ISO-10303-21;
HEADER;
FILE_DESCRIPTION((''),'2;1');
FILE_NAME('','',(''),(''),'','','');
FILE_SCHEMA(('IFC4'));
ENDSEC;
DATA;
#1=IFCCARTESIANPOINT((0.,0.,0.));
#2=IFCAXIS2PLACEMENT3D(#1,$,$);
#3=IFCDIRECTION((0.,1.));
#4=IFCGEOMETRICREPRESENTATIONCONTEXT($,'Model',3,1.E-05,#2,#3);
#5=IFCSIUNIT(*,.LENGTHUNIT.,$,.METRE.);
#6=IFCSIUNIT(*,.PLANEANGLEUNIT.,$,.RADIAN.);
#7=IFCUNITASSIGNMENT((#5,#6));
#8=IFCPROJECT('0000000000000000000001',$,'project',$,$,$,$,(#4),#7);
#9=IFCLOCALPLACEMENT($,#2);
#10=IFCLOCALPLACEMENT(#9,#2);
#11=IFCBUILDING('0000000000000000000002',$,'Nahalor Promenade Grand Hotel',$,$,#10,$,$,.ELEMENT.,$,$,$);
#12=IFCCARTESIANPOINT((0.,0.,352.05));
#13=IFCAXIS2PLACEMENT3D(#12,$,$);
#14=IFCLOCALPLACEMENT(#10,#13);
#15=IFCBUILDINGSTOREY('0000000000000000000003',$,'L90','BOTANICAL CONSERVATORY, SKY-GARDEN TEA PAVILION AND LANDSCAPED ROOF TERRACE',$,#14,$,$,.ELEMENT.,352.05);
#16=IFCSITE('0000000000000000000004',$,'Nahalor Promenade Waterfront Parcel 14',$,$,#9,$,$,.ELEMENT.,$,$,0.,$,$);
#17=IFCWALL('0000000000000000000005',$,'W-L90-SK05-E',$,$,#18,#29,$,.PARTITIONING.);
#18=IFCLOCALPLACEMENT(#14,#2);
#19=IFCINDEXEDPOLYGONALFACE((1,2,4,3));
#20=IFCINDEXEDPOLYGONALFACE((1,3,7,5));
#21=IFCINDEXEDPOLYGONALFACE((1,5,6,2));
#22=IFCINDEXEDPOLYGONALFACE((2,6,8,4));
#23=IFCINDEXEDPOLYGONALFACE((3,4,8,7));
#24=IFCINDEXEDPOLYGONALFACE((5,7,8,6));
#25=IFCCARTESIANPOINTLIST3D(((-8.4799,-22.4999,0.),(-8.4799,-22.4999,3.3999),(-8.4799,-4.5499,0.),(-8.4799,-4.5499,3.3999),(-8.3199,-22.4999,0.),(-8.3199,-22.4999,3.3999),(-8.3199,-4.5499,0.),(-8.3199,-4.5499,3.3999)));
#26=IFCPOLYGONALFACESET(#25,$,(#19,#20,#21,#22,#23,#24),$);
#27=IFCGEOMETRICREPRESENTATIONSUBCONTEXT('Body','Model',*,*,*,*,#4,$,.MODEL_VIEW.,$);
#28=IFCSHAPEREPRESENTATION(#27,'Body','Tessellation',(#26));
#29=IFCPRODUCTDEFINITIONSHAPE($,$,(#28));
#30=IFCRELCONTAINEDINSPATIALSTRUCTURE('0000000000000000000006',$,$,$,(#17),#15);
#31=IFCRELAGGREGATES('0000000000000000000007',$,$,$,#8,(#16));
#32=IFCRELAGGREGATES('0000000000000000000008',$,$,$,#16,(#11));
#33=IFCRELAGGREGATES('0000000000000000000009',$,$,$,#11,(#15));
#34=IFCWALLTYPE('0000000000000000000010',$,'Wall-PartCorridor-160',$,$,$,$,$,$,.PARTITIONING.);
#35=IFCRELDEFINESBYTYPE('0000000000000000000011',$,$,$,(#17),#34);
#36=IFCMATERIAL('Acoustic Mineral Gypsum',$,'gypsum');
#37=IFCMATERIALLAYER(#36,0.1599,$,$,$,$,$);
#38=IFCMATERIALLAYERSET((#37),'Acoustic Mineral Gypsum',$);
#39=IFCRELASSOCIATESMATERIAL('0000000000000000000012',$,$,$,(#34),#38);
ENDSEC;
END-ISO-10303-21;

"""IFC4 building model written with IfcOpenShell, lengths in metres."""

from ifc_helpers import new_model, si_unit, direction, frame, frame_2d, origin, place, context, subcontext, project, spatial, rectangle, extrude, source, transform, mapped, material, layer, layer_set, type_object, element, save


model = new_model("IFC4")

# Units and contexts
model_context = context("Model", 3, precision=1e-05, world=origin(), true_north=direction((0.0, 1.0)))
body_context = subcontext(model_context, "Body", "Model", "MODEL_VIEW")
ifc_project = project(units=[si_unit("LENGTHUNIT", "METRE"), si_unit("PLANEANGLEUNIT", "RADIAN")], contexts=[model_context])

# Site, building, storey
site_placement = place(None, origin())
site = spatial("IfcSite", under=ifc_project, at=site_placement, Name="Nahalor Promenade Waterfront Parcel 14", CompositionType="ELEMENT", RefElevation=0.0)
building_placement = place(site_placement, origin())
building = spatial("IfcBuilding", under=site, at=building_placement, Name="Nahalor Promenade Grand Hotel", CompositionType="ELEMENT")
storey_placement = place(building_placement, frame((0.0, 0.0, 352.05)))
storey = spatial("IfcBuildingStorey", under=building, at=storey_placement, Name="L90", Description="BOTANICAL CONSERVATORY, SKY-GARDEN TEA PAVILION AND LANDSCAPED ROOF TERRACE", CompositionType="ELEMENT", Elevation=352.05)

# Wall
ifc_material_1 = material(Name="Acoustic Mineral Gypsum", Category="gypsum")
ifc_layer_1 = layer(ifc_material_1, 0.1599)
ifc_layer_set_1 = layer_set([ifc_layer_1], Name="Acoustic Mineral Gypsum")
wall_type = type_object("IfcWallType", Name="Wall-PartCorridor-160", PredefinedType="PARTITIONING", material=ifc_layer_set_1)
shared_shape_1 = source(origin(), body_context, "Body", "SweptSolid", [
    extrude(rectangle(XDim=17.95, YDim=0.1599, at=frame_2d((8.9751, 0.0))), origin(), (0.0, 0.0, 1.0), 3.3999),
])
wall_placement = place(storey_placement, frame((-8.3999, -22.5, 0.0), z_axis=(0.0, 0.0, 1.0), x_axis=(0.0, 1.0, 0.0)))
element("IfcWall", 1, at=wall_placement, inside=storey, type_object=wall_type, Name="W-L90-SK05-E", PredefinedType="PARTITIONING", context=body_context, shape_type="MappedRepresentation", body=[
    mapped(shared_shape_1, transform((0.0, 0.0, 0.0), scale=1.0)),
])

save(model, "model.ifc")
